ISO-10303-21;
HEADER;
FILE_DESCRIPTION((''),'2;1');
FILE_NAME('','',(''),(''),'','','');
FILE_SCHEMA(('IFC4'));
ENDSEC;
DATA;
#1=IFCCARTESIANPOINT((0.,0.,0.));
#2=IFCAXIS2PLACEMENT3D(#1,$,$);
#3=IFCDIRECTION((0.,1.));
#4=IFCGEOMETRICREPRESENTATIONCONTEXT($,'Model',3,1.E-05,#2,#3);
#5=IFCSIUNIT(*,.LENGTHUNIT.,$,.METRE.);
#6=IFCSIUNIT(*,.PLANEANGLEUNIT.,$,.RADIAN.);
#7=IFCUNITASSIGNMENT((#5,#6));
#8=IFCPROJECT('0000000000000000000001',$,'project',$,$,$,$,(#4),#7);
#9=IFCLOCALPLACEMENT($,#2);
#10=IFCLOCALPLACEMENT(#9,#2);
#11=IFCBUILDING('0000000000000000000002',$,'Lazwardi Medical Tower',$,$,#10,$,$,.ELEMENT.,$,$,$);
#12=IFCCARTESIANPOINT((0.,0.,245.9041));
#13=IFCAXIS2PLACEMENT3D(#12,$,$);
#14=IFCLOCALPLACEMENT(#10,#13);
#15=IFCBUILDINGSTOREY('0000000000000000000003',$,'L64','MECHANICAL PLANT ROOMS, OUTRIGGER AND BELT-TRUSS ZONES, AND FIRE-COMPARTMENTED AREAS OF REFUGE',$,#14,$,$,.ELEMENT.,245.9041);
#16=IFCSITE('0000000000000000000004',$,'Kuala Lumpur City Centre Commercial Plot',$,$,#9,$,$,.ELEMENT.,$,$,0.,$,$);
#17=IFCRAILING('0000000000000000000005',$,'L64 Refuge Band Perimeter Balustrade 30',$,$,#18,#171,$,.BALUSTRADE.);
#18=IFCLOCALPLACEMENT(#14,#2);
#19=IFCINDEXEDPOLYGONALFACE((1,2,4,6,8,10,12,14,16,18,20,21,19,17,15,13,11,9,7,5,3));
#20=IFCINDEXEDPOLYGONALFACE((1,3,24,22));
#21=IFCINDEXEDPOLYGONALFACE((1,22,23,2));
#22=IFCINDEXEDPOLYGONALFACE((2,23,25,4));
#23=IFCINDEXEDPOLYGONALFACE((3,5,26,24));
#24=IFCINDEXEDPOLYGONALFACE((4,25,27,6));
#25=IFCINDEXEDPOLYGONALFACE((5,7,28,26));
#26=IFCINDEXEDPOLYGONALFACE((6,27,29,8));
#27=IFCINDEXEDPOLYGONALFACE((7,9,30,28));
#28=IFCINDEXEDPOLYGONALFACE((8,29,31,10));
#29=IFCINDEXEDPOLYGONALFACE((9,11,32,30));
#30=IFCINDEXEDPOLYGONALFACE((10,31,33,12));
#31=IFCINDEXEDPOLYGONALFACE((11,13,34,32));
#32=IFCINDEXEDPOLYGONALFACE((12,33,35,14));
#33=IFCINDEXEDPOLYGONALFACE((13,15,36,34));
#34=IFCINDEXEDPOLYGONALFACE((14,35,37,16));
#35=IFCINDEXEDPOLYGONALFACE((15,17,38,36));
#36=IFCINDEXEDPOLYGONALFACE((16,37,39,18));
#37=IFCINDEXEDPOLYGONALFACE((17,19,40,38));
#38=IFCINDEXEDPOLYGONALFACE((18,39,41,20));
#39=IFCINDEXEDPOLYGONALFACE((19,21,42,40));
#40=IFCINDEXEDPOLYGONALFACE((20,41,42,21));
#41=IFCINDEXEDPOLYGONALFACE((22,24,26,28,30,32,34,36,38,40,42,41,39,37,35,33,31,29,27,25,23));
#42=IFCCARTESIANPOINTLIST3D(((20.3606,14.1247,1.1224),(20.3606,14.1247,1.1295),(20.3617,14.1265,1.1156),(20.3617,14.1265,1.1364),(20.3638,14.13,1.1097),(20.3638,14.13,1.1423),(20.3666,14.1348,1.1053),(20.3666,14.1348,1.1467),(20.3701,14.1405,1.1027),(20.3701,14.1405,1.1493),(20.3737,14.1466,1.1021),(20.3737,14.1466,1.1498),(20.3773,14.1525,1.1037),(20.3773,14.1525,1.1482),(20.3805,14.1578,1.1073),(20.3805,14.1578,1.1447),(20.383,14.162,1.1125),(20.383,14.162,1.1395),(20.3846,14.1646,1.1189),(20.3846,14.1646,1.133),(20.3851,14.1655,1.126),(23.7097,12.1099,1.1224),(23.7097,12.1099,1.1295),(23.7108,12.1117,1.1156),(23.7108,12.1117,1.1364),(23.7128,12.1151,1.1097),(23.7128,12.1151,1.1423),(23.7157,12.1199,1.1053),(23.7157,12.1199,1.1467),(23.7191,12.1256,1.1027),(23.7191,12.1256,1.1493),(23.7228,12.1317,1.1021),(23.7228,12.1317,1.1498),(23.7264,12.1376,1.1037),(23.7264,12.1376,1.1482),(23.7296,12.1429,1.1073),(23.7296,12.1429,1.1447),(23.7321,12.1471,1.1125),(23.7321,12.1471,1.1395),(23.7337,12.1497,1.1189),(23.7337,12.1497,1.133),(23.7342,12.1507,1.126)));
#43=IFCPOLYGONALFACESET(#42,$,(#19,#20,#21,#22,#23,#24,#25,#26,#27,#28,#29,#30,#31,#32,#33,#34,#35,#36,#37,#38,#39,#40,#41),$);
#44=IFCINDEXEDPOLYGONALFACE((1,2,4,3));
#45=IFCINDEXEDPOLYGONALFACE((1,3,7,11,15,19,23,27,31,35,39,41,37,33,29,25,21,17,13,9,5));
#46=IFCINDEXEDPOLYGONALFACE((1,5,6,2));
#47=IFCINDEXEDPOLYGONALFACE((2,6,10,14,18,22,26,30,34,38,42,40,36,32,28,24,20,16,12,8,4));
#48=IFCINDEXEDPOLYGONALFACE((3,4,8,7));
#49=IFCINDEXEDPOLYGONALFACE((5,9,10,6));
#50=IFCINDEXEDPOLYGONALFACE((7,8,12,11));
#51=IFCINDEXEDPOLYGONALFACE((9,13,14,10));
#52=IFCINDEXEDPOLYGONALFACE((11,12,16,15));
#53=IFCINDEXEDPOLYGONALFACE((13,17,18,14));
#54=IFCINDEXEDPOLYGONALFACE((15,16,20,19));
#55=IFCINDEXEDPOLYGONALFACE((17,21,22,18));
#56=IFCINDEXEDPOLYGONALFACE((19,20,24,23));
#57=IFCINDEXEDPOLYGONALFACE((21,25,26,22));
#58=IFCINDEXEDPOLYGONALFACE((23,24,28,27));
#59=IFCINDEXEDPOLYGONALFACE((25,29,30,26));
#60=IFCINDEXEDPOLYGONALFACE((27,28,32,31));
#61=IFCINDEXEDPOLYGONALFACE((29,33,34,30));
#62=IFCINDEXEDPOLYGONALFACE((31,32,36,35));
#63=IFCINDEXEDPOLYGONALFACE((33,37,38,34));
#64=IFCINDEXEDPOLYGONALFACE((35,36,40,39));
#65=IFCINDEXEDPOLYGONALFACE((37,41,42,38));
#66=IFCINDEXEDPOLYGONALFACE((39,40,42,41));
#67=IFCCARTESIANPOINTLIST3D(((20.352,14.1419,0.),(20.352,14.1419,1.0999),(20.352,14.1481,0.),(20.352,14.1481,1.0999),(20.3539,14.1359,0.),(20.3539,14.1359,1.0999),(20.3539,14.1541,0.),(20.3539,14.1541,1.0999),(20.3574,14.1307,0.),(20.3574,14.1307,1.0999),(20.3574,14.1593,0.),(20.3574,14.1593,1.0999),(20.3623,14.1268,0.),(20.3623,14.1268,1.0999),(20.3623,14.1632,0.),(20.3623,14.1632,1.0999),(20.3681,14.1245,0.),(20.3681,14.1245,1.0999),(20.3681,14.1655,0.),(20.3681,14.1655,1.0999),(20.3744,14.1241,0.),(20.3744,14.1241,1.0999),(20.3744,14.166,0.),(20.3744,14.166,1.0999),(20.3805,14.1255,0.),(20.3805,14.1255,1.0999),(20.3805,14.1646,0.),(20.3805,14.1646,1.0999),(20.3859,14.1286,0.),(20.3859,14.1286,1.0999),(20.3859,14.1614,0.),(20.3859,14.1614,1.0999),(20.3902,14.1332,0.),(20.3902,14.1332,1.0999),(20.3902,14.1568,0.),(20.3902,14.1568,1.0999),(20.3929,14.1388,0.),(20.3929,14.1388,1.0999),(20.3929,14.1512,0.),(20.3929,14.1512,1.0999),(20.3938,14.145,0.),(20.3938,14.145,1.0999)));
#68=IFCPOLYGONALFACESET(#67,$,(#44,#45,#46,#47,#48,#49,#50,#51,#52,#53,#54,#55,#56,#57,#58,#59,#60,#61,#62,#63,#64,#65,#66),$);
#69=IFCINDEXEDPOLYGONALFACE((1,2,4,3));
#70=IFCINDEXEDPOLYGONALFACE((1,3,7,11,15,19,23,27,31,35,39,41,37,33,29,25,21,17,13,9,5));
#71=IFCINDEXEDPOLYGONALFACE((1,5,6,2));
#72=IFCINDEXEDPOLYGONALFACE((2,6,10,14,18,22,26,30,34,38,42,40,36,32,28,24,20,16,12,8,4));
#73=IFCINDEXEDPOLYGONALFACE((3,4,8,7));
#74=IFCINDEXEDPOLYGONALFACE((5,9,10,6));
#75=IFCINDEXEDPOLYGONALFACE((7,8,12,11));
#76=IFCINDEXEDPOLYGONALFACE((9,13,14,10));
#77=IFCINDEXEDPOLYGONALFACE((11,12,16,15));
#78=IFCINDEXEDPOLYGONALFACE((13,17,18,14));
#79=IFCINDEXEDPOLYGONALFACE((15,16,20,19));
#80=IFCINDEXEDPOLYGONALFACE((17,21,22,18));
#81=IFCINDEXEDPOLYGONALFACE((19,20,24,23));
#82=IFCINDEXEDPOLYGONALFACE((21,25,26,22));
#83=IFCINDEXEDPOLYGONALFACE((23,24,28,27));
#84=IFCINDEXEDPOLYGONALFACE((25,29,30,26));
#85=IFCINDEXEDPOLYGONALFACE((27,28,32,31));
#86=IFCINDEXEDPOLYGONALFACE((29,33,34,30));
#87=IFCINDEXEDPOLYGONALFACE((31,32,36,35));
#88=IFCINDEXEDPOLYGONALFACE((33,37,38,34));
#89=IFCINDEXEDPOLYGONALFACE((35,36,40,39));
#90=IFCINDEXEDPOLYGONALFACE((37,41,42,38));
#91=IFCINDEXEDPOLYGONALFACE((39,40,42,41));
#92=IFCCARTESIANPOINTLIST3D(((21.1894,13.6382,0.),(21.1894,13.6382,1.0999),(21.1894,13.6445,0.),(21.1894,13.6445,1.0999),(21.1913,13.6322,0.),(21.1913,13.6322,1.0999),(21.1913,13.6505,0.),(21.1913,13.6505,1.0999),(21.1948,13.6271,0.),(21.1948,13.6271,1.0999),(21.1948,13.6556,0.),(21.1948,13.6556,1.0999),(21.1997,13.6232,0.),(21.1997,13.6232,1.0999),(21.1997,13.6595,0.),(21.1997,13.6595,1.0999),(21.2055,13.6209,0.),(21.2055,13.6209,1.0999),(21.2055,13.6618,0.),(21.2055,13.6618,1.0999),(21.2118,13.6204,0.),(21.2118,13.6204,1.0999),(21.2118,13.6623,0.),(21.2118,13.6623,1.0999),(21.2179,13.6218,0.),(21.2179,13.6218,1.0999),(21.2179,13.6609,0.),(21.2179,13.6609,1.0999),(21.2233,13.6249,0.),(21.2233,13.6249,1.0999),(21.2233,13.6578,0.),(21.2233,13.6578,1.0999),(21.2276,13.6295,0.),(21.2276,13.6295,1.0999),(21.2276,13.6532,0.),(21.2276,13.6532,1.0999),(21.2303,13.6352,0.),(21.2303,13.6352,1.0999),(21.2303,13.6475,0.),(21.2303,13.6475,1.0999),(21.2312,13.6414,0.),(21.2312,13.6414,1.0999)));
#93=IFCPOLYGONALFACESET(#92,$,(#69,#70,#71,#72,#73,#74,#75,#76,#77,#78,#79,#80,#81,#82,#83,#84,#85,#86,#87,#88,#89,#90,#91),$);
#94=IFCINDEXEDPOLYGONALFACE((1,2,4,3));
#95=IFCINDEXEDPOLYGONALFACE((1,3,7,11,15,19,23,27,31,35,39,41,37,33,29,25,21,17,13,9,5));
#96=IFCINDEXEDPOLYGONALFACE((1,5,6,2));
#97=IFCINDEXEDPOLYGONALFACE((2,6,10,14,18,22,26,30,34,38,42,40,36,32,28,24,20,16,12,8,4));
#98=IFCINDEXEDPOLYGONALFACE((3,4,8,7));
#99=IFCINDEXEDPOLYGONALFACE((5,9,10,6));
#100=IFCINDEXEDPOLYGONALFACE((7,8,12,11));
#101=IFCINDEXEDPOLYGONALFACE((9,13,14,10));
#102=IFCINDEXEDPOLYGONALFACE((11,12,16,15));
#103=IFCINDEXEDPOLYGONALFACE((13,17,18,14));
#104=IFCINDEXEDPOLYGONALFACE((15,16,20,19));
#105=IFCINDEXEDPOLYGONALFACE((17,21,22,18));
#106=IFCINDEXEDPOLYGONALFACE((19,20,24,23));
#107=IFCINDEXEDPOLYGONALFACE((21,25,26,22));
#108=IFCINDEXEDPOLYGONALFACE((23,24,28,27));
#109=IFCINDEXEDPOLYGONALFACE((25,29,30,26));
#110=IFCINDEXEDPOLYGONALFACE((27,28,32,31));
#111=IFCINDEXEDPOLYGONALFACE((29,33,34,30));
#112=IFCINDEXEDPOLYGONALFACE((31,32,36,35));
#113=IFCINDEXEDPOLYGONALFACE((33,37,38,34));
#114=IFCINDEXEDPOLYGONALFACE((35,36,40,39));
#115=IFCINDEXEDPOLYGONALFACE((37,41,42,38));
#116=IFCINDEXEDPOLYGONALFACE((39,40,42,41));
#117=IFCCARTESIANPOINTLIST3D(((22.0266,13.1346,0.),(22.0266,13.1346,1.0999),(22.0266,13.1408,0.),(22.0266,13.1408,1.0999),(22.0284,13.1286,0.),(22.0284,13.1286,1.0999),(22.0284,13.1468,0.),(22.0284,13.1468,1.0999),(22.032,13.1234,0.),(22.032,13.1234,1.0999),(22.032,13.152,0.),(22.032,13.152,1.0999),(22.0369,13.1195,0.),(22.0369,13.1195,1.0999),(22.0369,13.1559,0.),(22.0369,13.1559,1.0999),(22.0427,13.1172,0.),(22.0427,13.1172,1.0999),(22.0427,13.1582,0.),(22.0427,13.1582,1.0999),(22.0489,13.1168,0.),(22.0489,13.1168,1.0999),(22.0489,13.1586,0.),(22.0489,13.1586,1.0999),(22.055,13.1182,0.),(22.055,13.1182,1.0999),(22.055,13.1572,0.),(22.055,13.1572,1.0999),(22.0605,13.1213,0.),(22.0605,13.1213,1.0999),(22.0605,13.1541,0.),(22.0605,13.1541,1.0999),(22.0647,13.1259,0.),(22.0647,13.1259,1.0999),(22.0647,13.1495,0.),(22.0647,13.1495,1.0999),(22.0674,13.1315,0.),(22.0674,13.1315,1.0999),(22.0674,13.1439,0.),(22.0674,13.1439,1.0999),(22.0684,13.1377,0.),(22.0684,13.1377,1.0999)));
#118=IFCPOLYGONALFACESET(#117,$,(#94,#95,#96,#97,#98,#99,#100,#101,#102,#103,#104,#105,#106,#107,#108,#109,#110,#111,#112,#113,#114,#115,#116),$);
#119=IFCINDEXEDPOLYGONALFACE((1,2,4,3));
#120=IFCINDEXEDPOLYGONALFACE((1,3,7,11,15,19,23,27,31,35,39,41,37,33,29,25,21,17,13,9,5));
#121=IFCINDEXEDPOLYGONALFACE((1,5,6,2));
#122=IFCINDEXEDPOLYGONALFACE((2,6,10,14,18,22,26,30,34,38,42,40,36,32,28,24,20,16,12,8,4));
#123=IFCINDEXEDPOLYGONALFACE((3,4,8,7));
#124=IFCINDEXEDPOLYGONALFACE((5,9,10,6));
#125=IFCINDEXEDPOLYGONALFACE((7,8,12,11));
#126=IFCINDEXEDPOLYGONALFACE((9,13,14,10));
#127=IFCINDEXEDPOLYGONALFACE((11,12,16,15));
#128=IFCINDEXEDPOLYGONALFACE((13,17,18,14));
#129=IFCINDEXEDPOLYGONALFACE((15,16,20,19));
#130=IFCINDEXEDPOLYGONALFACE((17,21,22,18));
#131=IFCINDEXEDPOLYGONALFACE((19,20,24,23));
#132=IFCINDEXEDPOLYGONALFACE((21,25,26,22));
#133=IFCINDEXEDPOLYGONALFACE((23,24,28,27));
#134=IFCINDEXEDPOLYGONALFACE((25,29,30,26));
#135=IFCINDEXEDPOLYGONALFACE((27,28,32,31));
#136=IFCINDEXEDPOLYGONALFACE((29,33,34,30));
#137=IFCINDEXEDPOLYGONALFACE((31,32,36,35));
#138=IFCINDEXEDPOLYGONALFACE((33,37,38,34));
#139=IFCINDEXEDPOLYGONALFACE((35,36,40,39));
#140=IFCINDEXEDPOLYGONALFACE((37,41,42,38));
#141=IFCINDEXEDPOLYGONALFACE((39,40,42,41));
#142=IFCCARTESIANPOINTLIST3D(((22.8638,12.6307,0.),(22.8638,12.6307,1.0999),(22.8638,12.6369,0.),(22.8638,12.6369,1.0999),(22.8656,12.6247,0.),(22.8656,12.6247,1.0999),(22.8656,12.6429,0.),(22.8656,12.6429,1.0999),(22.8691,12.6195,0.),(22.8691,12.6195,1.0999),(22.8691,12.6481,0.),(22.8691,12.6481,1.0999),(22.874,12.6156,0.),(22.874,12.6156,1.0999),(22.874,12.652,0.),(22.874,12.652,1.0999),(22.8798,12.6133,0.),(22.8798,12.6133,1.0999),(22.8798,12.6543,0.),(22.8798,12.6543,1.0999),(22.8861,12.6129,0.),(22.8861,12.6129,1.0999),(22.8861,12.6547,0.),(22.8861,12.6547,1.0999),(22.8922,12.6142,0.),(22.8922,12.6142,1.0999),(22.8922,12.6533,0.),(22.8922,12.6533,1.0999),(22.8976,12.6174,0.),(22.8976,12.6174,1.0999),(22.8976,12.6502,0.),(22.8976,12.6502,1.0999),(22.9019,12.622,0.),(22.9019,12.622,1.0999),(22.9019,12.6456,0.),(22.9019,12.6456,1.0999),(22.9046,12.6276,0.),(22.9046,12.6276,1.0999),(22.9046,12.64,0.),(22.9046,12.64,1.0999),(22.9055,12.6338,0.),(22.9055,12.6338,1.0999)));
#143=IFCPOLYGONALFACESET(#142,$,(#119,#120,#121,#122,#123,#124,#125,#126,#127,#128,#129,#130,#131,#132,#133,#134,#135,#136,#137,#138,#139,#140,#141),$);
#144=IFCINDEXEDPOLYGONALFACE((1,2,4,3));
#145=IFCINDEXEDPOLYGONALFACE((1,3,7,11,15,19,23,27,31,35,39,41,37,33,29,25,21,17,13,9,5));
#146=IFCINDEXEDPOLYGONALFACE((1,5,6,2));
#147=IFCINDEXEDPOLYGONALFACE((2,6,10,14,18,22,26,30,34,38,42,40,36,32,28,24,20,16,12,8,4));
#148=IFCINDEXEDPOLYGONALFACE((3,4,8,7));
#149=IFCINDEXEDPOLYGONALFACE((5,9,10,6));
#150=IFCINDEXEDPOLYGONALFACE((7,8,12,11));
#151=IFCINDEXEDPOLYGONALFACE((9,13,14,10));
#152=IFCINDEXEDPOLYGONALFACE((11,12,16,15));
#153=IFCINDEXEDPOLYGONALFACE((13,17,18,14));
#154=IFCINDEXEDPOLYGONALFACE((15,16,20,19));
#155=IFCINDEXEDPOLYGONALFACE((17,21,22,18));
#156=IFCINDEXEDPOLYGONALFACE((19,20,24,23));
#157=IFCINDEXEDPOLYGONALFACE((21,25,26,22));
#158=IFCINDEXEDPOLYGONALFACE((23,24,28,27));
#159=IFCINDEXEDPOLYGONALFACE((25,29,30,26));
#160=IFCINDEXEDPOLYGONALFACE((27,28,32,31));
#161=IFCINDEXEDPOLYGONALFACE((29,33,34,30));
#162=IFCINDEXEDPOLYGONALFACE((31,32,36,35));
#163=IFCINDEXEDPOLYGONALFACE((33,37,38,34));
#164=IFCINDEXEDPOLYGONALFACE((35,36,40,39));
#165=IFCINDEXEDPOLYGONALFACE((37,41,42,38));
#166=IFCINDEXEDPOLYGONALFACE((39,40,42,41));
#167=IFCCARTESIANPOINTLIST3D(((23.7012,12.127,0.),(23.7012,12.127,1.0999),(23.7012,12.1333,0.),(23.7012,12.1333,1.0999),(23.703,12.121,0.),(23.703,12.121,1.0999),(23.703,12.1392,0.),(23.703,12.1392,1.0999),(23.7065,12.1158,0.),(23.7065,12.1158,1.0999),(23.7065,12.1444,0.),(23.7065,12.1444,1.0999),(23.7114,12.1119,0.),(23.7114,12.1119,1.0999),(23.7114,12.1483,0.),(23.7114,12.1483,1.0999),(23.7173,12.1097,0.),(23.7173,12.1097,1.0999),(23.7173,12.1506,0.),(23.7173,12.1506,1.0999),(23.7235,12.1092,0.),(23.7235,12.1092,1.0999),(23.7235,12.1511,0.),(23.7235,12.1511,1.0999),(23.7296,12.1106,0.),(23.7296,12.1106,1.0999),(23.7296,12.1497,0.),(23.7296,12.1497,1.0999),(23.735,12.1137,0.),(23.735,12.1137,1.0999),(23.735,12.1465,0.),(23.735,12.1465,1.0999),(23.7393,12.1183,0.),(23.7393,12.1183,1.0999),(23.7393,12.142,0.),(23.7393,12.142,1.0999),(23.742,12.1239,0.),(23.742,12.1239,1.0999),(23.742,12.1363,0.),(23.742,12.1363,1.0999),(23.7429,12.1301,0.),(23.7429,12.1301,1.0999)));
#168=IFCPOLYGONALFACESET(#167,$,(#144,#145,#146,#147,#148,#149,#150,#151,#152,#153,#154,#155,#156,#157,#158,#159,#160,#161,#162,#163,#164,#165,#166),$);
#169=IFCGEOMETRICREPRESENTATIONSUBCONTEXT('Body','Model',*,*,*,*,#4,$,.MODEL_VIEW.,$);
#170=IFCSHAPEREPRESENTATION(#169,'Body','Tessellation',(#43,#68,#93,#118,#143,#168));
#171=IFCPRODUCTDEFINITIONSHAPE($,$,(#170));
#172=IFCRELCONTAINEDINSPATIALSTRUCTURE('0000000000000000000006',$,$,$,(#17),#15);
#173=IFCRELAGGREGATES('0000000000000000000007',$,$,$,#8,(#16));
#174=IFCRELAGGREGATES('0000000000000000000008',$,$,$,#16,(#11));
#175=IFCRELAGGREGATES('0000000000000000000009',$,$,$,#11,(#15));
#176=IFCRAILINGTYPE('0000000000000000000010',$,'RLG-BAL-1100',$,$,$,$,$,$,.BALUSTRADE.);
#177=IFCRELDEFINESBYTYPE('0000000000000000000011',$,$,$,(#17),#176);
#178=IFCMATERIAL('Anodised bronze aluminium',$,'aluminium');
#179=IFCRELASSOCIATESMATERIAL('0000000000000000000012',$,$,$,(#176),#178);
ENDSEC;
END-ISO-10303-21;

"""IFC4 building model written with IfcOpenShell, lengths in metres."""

from ifc_helpers import new_model, si_unit, direction, frame, origin, origin_2d, place, context, subcontext, project, spatial, circle, extrude, material, type_object, element, save


model = new_model("IFC4")

# Units and contexts
model_context = context("Model", 3, precision=1e-05, world=origin(), true_north=direction((0.0, 1.0)))
body_context = subcontext(model_context, "Body", "Model", "MODEL_VIEW")
ifc_project = project(units=[si_unit("LENGTHUNIT", "METRE"), si_unit("PLANEANGLEUNIT", "RADIAN")], contexts=[model_context])

# Site, building, storey
site_placement = place(None, origin())
site = spatial("IfcSite", under=ifc_project, at=site_placement, Name="Kuala Lumpur City Centre Commercial Plot", CompositionType="ELEMENT", RefElevation=0.0)
building_placement = place(site_placement, origin())
building = spatial("IfcBuilding", under=site, at=building_placement, Name="Lazwardi Medical Tower", CompositionType="ELEMENT")
storey_placement = place(building_placement, frame((0.0, 0.0, 245.9041)))
storey = spatial("IfcBuildingStorey", under=building, at=storey_placement, Name="L64", Description="MECHANICAL PLANT ROOMS, OUTRIGGER AND BELT-TRUSS ZONES, AND FIRE-COMPARTMENTED AREAS OF REFUGE", CompositionType="ELEMENT", Elevation=245.9041)

# Railing
ifc_material_1 = material(Name="Anodised bronze aluminium", Category="aluminium")
railing_type = type_object("IfcRailingType", Name="RLG-BAL-1100", PredefinedType="BALUSTRADE", material=ifc_material_1)
railing_1_placement = place(storey_placement, frame((20.3728, 14.145, 0.0)))
element("IfcRailing", 1, at=railing_1_placement, inside=storey, type_object=railing_type, Name="L64 Refuge Band Perimeter Balustrade 30", PredefinedType="BALUSTRADE", context=body_context, shape_type="SweptSolid", body=[
    extrude(circle(Radius=0.0239, at=origin_2d()), frame((0.0, 0.0, 1.126), z_axis=(0.856881, -0.515515, 0.0), x_axis=(0.515515, 0.856881, 0.0)), (0.0, 0.0, 1.0), 3.9084),
    extrude(circle(Radius=0.021, at=origin_2d()), origin(), (0.0, 0.0, 1.0), 1.0999),
    extrude(circle(Radius=0.021, at=origin_2d()), frame((0.8374, -0.5037, 0.0)), (0.0, 0.0, 1.0), 1.0999),
    extrude(circle(Radius=0.021, at=origin_2d()), frame((1.6746, -1.0073, 0.0)), (0.0, 0.0, 1.0), 1.0999),
    extrude(circle(Radius=0.021, at=origin_2d()), frame((2.5117, -1.5112, 0.0)), (0.0, 0.0, 1.0), 1.0999),
    extrude(circle(Radius=0.021, at=origin_2d()), frame((3.3491, -2.0149, 0.0)), (0.0, 0.0, 1.0), 1.0999),
])

save(model, "model.ifc")
